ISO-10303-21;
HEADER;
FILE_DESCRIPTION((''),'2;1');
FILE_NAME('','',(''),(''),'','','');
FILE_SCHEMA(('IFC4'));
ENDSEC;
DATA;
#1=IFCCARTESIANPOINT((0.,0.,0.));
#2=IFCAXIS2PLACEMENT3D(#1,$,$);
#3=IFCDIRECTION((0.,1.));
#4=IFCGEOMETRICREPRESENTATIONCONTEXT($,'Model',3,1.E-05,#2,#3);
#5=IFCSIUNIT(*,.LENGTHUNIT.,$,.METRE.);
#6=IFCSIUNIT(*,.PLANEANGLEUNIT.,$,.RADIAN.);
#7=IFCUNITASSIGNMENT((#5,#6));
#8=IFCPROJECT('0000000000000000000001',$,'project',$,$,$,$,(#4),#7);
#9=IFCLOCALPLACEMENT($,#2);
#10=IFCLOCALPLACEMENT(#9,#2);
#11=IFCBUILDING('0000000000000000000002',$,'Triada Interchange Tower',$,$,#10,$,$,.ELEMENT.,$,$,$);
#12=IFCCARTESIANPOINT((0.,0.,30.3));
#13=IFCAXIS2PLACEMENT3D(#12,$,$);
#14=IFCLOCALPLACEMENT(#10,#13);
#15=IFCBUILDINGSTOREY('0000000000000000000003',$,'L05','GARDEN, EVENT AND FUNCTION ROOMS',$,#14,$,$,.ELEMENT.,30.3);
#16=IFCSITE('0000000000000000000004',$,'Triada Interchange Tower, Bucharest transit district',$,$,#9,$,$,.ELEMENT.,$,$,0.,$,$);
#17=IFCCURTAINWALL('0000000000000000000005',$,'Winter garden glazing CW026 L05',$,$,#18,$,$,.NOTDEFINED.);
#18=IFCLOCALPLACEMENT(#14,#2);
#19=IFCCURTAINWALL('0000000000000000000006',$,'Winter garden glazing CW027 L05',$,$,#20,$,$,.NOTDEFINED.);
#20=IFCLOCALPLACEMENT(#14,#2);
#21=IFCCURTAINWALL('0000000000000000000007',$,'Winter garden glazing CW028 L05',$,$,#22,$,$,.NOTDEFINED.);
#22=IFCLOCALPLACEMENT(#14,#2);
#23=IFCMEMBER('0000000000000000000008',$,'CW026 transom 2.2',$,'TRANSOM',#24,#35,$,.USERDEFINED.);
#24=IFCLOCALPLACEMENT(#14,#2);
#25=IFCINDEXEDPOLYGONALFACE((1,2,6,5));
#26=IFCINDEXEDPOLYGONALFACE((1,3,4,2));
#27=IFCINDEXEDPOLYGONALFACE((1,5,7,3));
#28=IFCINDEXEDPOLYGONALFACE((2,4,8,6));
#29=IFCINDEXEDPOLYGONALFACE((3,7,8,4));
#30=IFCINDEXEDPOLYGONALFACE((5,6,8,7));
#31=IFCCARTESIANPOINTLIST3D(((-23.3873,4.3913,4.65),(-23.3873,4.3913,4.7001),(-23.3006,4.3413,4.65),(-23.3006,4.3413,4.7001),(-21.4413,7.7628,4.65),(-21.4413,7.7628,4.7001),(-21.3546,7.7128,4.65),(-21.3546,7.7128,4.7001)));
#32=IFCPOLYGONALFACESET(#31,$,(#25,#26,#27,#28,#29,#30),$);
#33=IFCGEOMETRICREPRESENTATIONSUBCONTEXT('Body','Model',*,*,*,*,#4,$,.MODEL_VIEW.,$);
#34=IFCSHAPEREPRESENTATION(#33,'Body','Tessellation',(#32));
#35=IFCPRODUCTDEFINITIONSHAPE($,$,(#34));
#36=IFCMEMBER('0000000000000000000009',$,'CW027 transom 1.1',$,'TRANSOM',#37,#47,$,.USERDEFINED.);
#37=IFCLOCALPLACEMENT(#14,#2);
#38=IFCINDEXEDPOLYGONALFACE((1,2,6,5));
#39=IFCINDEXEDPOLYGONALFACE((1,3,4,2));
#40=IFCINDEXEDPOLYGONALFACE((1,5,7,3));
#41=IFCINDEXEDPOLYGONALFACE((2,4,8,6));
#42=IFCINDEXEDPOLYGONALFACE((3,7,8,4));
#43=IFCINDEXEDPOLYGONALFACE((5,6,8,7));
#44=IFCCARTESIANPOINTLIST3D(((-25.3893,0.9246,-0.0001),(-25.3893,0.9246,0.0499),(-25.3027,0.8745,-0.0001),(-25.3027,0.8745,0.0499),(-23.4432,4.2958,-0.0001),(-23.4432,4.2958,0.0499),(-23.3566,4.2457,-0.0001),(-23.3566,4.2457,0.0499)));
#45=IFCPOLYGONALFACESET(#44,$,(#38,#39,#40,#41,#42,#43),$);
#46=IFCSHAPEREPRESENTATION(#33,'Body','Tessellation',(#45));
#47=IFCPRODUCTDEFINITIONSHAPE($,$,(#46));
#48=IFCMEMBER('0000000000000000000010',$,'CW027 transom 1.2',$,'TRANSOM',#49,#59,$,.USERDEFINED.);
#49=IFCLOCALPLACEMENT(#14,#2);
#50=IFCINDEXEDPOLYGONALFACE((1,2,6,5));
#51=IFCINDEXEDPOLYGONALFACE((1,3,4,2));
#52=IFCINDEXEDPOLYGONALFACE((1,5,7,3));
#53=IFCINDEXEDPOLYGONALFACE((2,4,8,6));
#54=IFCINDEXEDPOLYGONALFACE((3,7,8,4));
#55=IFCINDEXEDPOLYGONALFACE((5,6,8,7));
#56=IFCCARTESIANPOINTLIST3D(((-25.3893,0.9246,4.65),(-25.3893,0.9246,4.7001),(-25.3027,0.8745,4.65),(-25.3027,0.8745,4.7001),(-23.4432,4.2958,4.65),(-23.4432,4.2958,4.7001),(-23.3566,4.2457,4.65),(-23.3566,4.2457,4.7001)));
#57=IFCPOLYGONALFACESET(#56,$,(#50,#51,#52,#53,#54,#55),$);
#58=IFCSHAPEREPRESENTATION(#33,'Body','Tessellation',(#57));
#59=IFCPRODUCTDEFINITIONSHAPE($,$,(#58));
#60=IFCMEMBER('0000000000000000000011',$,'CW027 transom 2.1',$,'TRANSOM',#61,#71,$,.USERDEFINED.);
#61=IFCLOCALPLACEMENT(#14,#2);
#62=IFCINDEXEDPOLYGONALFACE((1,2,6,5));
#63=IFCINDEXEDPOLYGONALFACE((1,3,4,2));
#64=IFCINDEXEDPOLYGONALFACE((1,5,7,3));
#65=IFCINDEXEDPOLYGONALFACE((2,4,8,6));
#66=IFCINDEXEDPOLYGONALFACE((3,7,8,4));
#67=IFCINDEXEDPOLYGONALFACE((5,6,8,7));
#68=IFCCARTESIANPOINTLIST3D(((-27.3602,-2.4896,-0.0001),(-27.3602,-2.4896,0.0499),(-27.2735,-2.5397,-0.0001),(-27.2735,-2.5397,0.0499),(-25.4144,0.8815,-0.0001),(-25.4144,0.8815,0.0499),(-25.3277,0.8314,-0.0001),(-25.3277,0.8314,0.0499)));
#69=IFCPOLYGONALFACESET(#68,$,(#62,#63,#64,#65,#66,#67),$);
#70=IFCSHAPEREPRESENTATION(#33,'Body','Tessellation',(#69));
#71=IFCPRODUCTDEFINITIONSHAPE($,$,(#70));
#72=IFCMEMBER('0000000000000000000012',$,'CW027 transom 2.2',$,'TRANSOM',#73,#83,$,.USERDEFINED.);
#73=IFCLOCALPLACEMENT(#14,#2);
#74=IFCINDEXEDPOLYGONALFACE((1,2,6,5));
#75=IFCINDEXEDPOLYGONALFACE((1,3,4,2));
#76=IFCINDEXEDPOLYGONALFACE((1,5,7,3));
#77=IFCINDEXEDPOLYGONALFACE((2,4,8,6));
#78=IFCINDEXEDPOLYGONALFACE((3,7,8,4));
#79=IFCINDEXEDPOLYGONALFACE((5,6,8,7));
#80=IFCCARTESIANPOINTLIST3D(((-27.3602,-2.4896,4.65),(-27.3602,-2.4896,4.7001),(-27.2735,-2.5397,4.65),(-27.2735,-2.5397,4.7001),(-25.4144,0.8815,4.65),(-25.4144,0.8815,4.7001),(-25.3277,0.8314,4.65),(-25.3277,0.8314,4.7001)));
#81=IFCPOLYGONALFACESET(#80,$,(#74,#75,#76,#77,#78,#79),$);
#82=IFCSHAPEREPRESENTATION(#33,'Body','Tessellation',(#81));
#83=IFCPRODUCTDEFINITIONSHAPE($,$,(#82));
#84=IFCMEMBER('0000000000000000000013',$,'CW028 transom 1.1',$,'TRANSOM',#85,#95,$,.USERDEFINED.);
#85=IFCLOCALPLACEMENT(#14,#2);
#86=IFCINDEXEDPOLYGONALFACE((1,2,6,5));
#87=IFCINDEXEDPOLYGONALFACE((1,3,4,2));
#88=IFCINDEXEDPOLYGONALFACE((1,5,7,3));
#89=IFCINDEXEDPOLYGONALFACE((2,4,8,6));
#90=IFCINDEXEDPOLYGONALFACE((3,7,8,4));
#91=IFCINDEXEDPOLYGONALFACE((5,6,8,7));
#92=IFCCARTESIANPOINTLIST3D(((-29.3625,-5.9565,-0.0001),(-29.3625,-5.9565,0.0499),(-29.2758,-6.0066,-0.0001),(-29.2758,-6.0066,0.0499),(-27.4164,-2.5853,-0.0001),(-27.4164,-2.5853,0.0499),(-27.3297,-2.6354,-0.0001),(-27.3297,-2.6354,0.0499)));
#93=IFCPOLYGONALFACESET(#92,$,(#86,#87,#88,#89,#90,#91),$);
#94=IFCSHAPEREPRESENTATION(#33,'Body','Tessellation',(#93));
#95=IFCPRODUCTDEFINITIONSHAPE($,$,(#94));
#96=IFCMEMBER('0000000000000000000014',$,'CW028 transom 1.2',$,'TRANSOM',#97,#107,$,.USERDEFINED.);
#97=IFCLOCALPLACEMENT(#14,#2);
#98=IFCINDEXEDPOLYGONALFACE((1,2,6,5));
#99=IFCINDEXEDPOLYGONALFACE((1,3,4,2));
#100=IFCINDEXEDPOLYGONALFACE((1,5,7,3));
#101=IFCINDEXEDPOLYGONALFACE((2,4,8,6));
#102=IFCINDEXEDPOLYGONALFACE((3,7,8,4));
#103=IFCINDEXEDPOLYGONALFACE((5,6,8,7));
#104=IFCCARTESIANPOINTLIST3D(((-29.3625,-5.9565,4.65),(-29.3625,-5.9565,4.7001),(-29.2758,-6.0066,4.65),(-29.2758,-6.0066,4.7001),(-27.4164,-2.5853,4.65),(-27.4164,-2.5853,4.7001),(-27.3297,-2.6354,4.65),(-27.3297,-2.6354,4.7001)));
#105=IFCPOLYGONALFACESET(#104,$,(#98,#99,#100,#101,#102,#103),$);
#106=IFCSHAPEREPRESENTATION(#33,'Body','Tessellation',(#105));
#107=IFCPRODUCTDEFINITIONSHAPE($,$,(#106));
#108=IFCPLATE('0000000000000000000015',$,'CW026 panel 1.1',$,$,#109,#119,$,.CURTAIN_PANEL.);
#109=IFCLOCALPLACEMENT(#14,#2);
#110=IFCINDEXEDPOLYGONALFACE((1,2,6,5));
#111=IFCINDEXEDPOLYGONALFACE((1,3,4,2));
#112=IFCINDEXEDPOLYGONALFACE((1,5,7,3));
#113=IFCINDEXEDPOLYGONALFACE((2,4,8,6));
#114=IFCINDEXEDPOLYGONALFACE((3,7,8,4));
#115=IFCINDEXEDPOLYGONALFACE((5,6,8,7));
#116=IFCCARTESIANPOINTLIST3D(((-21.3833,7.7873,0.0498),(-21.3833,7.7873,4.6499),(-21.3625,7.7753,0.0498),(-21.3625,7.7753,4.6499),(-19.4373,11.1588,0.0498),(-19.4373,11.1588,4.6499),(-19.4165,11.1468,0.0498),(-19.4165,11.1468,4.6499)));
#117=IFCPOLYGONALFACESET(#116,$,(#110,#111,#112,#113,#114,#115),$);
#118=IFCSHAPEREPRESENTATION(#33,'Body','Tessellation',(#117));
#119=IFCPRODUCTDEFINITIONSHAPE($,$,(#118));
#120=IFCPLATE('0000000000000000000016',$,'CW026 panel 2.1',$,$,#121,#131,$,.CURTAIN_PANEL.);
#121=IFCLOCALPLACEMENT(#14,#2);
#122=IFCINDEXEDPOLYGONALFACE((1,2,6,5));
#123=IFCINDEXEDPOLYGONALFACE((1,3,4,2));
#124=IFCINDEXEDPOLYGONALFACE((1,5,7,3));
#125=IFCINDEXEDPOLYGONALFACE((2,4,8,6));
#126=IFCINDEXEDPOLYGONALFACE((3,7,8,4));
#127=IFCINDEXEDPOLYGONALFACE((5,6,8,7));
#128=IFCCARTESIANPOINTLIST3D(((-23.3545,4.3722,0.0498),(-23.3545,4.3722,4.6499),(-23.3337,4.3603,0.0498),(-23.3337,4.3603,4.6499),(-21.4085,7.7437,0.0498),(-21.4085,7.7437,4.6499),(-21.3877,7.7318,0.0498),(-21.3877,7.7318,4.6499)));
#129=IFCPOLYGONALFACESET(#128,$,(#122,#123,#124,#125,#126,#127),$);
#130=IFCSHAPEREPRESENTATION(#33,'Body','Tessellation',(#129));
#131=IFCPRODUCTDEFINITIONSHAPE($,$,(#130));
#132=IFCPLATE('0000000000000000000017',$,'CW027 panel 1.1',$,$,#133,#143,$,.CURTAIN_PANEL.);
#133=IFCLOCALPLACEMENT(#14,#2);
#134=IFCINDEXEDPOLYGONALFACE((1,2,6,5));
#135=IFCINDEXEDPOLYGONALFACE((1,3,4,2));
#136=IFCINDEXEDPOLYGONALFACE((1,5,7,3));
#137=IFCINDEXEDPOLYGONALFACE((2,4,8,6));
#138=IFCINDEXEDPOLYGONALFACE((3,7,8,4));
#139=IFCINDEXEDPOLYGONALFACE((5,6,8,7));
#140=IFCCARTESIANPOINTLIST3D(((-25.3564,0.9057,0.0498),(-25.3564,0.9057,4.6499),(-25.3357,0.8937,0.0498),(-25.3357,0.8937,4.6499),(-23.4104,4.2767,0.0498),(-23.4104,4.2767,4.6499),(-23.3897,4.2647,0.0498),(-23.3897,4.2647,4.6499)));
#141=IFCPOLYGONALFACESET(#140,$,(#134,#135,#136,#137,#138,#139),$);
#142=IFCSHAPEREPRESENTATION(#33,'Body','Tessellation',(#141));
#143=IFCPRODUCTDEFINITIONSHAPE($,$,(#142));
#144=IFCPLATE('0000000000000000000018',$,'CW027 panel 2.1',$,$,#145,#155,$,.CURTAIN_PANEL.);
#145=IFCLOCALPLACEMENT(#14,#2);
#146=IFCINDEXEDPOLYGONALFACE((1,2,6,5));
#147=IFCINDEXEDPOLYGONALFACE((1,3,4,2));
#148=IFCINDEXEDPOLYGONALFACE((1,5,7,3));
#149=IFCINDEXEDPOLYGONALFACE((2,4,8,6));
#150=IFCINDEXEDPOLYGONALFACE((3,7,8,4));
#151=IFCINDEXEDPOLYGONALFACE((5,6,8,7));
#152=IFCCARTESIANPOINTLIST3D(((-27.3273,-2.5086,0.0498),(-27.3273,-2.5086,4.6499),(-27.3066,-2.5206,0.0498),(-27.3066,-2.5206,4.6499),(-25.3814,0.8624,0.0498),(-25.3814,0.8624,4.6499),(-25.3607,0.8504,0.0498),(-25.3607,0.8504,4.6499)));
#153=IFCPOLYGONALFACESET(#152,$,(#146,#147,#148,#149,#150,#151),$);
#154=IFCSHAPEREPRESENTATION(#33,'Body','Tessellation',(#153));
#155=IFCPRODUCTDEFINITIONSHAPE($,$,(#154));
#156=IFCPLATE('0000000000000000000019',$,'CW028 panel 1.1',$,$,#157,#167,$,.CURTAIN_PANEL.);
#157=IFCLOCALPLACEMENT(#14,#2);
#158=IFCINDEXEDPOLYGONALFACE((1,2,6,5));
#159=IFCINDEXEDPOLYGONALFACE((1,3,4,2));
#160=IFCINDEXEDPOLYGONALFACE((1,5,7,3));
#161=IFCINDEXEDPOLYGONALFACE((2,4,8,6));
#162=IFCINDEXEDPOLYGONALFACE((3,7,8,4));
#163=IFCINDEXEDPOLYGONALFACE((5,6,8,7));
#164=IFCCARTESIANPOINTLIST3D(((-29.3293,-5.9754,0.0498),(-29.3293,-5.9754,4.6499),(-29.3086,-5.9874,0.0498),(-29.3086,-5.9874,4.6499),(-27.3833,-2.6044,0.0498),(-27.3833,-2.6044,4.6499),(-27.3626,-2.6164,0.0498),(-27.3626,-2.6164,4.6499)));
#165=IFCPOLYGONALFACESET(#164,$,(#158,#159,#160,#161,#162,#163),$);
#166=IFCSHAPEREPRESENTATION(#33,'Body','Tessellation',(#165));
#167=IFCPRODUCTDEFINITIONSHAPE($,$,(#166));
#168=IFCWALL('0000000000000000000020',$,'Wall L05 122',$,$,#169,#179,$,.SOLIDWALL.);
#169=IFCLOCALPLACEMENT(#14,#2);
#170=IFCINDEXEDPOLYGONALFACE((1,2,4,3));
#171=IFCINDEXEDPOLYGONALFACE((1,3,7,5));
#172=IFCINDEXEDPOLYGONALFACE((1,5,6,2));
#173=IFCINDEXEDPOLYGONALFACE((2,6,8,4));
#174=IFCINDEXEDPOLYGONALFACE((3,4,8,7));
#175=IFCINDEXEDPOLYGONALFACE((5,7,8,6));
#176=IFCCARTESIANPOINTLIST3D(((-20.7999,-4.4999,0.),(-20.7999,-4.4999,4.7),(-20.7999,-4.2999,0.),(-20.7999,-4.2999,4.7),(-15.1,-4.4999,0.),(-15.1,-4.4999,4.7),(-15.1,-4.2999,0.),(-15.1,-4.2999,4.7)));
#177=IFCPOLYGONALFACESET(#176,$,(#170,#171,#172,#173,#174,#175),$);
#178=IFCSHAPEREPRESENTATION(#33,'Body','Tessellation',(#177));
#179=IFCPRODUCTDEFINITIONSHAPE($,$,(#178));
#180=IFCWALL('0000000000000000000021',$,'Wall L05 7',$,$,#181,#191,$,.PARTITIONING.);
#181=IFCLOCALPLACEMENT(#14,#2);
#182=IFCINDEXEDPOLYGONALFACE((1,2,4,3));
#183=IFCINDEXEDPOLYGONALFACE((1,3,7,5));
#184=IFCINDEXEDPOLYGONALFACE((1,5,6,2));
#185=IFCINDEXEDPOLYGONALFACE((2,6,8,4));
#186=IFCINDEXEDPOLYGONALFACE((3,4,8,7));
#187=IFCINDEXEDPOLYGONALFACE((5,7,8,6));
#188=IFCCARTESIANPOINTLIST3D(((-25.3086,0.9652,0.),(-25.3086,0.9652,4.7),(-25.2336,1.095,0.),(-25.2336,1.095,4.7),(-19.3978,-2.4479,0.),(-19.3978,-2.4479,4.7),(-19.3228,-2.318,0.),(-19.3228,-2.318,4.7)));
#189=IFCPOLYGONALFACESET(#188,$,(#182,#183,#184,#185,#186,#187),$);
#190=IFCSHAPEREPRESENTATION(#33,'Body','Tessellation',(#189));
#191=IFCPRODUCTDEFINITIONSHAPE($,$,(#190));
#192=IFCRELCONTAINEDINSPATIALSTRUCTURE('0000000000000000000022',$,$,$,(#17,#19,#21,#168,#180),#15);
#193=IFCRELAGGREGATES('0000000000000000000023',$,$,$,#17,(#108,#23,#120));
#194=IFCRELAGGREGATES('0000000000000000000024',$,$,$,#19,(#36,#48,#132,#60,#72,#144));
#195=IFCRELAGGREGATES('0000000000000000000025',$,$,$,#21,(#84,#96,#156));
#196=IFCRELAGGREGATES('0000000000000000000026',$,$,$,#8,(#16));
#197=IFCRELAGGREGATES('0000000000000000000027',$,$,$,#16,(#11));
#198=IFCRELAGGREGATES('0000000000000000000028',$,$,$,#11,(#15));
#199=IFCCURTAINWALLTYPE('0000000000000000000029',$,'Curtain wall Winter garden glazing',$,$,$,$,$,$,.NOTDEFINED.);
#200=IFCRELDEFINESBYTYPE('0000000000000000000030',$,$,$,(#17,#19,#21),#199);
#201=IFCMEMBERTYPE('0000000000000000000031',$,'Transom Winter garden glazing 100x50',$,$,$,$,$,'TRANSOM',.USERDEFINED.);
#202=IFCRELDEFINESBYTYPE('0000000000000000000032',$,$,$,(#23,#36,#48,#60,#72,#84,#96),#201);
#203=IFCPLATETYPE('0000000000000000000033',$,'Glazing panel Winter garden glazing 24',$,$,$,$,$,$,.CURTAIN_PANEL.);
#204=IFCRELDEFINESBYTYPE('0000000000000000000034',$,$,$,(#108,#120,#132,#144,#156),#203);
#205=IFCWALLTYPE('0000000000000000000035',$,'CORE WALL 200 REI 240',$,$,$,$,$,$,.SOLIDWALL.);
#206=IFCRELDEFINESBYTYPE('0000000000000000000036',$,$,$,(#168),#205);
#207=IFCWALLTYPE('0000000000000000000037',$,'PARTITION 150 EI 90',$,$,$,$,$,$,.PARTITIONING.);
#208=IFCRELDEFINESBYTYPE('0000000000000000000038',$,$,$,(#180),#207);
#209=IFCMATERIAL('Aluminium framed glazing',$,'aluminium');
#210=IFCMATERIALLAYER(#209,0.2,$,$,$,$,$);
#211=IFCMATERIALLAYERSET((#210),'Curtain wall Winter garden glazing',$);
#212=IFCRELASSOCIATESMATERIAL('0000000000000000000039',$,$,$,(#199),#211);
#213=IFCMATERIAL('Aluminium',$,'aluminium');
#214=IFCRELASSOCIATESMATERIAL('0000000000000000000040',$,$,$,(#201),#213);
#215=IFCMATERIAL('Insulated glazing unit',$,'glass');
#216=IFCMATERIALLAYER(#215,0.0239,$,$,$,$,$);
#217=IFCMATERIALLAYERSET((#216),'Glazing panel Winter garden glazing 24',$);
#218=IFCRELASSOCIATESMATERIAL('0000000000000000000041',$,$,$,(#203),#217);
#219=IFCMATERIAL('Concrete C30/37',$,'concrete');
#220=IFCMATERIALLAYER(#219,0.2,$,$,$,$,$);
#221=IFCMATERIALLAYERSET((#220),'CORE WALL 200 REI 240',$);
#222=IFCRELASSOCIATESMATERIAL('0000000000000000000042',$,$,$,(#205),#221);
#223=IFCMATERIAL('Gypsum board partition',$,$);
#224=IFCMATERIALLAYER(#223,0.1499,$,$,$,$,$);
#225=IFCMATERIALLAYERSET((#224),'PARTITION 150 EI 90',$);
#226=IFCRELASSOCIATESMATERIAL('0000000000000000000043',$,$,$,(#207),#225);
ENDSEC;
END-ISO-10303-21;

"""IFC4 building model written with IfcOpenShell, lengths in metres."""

from ifc_helpers import new_model, si_unit, direction, frame, frame_2d, origin, origin_2d, place, context, subcontext, project, spatial, rectangle, extrude, material, layer, layer_set, material_profile, profile_set, type_object, element, aggregate, save


model = new_model("IFC4")

# Units and contexts
model_context = context("Model", 3, precision=1e-05, world=origin(), true_north=direction((0.0, 1.0)))
body_context = subcontext(model_context, "Body", "Model", "MODEL_VIEW")
ifc_project = project(units=[si_unit("LENGTHUNIT", "METRE"), si_unit("PLANEANGLEUNIT", "RADIAN")], contexts=[model_context])

# Site, building, storey
site_placement = place(None, origin())
site = spatial("IfcSite", under=ifc_project, at=site_placement, Name="Triada Interchange Tower, Bucharest transit district", CompositionType="ELEMENT", RefElevation=0.0)
building_placement = place(site_placement, origin())
building = spatial("IfcBuilding", under=site, at=building_placement, Name="Triada Interchange Tower", CompositionType="ELEMENT")
storey_placement = place(building_placement, frame((0.0, 0.0, 30.3)))
storey = spatial("IfcBuildingStorey", under=building, at=storey_placement, Name="L05", Description="GARDEN, EVENT AND FUNCTION ROOMS", CompositionType="ELEMENT", Elevation=30.3)

# Curtain walls
ifc_material_1 = material(Name="Aluminium framed glazing", Category="aluminium")
ifc_layer_1 = layer(ifc_material_1, 0.2)
ifc_layer_set_1 = layer_set([ifc_layer_1], Name="Curtain wall Winter garden glazing")
curtain_wall_type = type_object("IfcCurtainWallType", Name="Curtain wall Winter garden glazing", PredefinedType="NOTDEFINED", material=ifc_layer_set_1)
curtain_wall_1_placement = place(storey_placement, origin())
curtain_wall_1 = element("IfcCurtainWall", 1, at=curtain_wall_1_placement, inside=storey, type_object=curtain_wall_type, Name="Winter garden glazing CW026 L05", PredefinedType="NOTDEFINED")
ifc_material_2 = material(Name="Aluminium", Category="aluminium")
curtain_wall_2_placement = place(storey_placement, origin())
curtain_wall_2 = element("IfcCurtainWall", 2, at=curtain_wall_2_placement, inside=storey, type_object=curtain_wall_type, Name="Winter garden glazing CW027 L05", PredefinedType="NOTDEFINED")

# Curtain wall
curtain_wall_3_placement = place(storey_placement, origin())
curtain_wall_3 = element("IfcCurtainWall", 3, at=curtain_wall_3_placement, inside=storey, type_object=curtain_wall_type, Name="Winter garden glazing CW028 L05", PredefinedType="NOTDEFINED")

# Members
ifc_material_profile_1 = material_profile(ifc_material_2, rectangle(XDim=0.1001, YDim=0.05, at=origin_2d()), Name="Aluminium transom")
ifc_profile_set_1 = profile_set([ifc_material_profile_1], Name="Aluminium")
member_type_1 = type_object("IfcMemberType", Name="Transom Winter garden glazing 100x50", ElementType="TRANSOM", PredefinedType="USERDEFINED", material=ifc_profile_set_1)
member_1_placement = place(storey_placement, frame((-21.3979, 7.7378, 4.675), z_axis=(-0.499896, -0.866085, 0.0), x_axis=(0.866085, -0.499896, 0.0)))
member_1 = element("IfcMember", 4, at=member_1_placement, type_object=member_type_1, Name="CW026 transom 2.2", ObjectType="TRANSOM", PredefinedType="USERDEFINED", context=body_context, shape_type="SweptSolid", body=[
    extrude(rectangle(XDim=0.1001, YDim=0.05, at=origin_2d()), origin(), (0.0, 0.0, 1.0), 3.8928),
])
member_2_placement = place(storey_placement, frame((-23.3999, 4.2708, 0.0249), z_axis=(-0.49995, -0.866054, 0.0), x_axis=(0.866054, -0.49995, 0.0)))
member_2 = element("IfcMember", 5, at=member_2_placement, type_object=member_type_1, Name="CW027 transom 1.1", ObjectType="TRANSOM", PredefinedType="USERDEFINED", context=body_context, shape_type="SweptSolid", body=[
    extrude(rectangle(XDim=0.1001, YDim=0.05, at=origin_2d()), origin(), (0.0, 0.0, 1.0), 3.8926),
])
member_3_placement = place(storey_placement, frame((-23.3999, 4.2708, 4.675), z_axis=(-0.49995, -0.866054, 0.0), x_axis=(0.866054, -0.49995, 0.0)))
member_3 = element("IfcMember", 6, at=member_3_placement, type_object=member_type_1, Name="CW027 transom 1.2", ObjectType="TRANSOM", PredefinedType="USERDEFINED", context=body_context, shape_type="SweptSolid", body=[
    extrude(rectangle(XDim=0.1001, YDim=0.05, at=origin_2d()), origin(), (0.0, 0.0, 1.0), 3.8926),
])
member_4_placement = place(storey_placement, frame((-25.3711, 0.8564, 0.0249), z_axis=(-0.499903, -0.866081, 0.0), x_axis=(0.866081, -0.499903, 0.0)))
member_4 = element("IfcMember", 7, at=member_4_placement, type_object=member_type_1, Name="CW027 transom 2.1", ObjectType="TRANSOM", PredefinedType="USERDEFINED", context=body_context, shape_type="SweptSolid", body=[
    extrude(rectangle(XDim=0.1001, YDim=0.05, at=origin_2d()), origin(), (0.0, 0.0, 1.0), 3.8923),
])
member_5_placement = place(storey_placement, frame((-25.3711, 0.8564, 4.675), z_axis=(-0.499903, -0.866081, 0.0), x_axis=(0.866081, -0.499903, 0.0)))
member_5 = element("IfcMember", 8, at=member_5_placement, type_object=member_type_1, Name="CW027 transom 2.2", ObjectType="TRANSOM", PredefinedType="USERDEFINED", context=body_context, shape_type="SweptSolid", body=[
    extrude(rectangle(XDim=0.1001, YDim=0.05, at=origin_2d()), origin(), (0.0, 0.0, 1.0), 3.8923),
])
member_6_placement = place(storey_placement, frame((-27.373, -2.6104, 0.0249), z_axis=(-0.49995, -0.866054, 0.0), x_axis=(0.866054, -0.49995, 0.0)))
member_6 = element("IfcMember", 9, at=member_6_placement, type_object=member_type_1, Name="CW028 transom 1.1", ObjectType="TRANSOM", PredefinedType="USERDEFINED", context=body_context, shape_type="SweptSolid", body=[
    extrude(rectangle(XDim=0.1001, YDim=0.05, at=origin_2d()), origin(), (0.0, 0.0, 1.0), 3.8926),
])
member_7_placement = place(storey_placement, frame((-27.373, -2.6104, 4.675), z_axis=(-0.49995, -0.866054, 0.0), x_axis=(0.866054, -0.49995, 0.0)))
member_7 = element("IfcMember", 10, at=member_7_placement, type_object=member_type_1, Name="CW028 transom 1.2", ObjectType="TRANSOM", PredefinedType="USERDEFINED", context=body_context, shape_type="SweptSolid", body=[
    extrude(rectangle(XDim=0.1001, YDim=0.05, at=origin_2d()), origin(), (0.0, 0.0, 1.0), 3.8926),
])

# Plates
ifc_material_3 = material(Name="Insulated glazing unit", Category="glass")
ifc_layer_2 = layer(ifc_material_3, 0.0239)
ifc_layer_set_2 = layer_set([ifc_layer_2], Name="Glazing panel Winter garden glazing 24")
plate_type = type_object("IfcPlateType", Name="Glazing panel Winter garden glazing 24", PredefinedType="CURTAIN_PANEL", material=ifc_layer_set_2)
plate_1_placement = place(storey_placement, frame((-20.3999, 9.467, 0.0498), z_axis=(0.0, 0.0, 1.0), x_axis=(-0.499893, -0.866087, 0.0)))
plate_1 = element("IfcPlate", 11, at=plate_1_placement, type_object=plate_type, Name="CW026 panel 1.1", PredefinedType="CURTAIN_PANEL", context=body_context, shape_type="SweptSolid", body=[
    extrude(rectangle(XDim=3.8928, YDim=0.0239, at=origin_2d()), origin(), (0.0, 0.0, 1.0), 4.6001),
])
plate_2_placement = place(storey_placement, frame((-22.3711, 6.052, 0.0498), z_axis=(0.0, 0.0, 1.0), x_axis=(-0.499893, -0.866087, 0.0)))
plate_2 = element("IfcPlate", 12, at=plate_2_placement, type_object=plate_type, Name="CW026 panel 2.1", PredefinedType="CURTAIN_PANEL", context=body_context, shape_type="SweptSolid", body=[
    extrude(rectangle(XDim=3.8928, YDim=0.0239, at=origin_2d()), origin(), (0.0, 0.0, 1.0), 4.6001),
])
aggregate(curtain_wall_1, [plate_1, member_1, plate_2])
plate_3_placement = place(storey_placement, frame((-24.373, 2.5852, 0.0498), z_axis=(0.0, 0.0, 1.0), x_axis=(-0.499948, -0.866055, 0.0)))
plate_3 = element("IfcPlate", 13, at=plate_3_placement, type_object=plate_type, Name="CW027 panel 1.1", PredefinedType="CURTAIN_PANEL", context=body_context, shape_type="SweptSolid", body=[
    extrude(rectangle(XDim=3.8923, YDim=0.0239, at=origin_2d()), origin(), (0.0, 0.0, 1.0), 4.6001),
])
plate_4_placement = place(storey_placement, frame((-26.344, -0.8291, 0.0498), z_axis=(0.0, 0.0, 1.0), x_axis=(-0.499948, -0.866055, 0.0)))
plate_4 = element("IfcPlate", 14, at=plate_4_placement, type_object=plate_type, Name="CW027 panel 2.1", PredefinedType="CURTAIN_PANEL", context=body_context, shape_type="SweptSolid", body=[
    extrude(rectangle(XDim=3.8923, YDim=0.0239, at=origin_2d()), origin(), (0.0, 0.0, 1.0), 4.6001),
])
aggregate(curtain_wall_2, [member_2, member_3, plate_3, member_4, member_5, plate_4])
plate_5_placement = place(storey_placement, frame((-28.3459, -4.2959, 0.0498), z_axis=(0.0, 0.0, 1.0), x_axis=(-0.499948, -0.866055, 0.0)))
plate_5 = element("IfcPlate", 15, at=plate_5_placement, type_object=plate_type, Name="CW028 panel 1.1", PredefinedType="CURTAIN_PANEL", context=body_context, shape_type="SweptSolid", body=[
    extrude(rectangle(XDim=3.8923, YDim=0.0239, at=origin_2d()), origin(), (0.0, 0.0, 1.0), 4.6001),
])
aggregate(curtain_wall_3, [member_6, member_7, plate_5])

# Walls
ifc_material_4 = material(Name="Concrete C30/37", Category="concrete")
ifc_layer_3 = layer(ifc_material_4, 0.2)
ifc_layer_set_3 = layer_set([ifc_layer_3], Name="CORE WALL 200 REI 240")
wall_type_1 = type_object("IfcWallType", Name="CORE WALL 200 REI 240", PredefinedType="SOLIDWALL", material=ifc_layer_set_3)
wall_1_placement = place(storey_placement, frame((-20.8, -4.3999, 0.0), z_axis=(0.0, 0.0, 1.0), x_axis=(1.0, 0.0, 0.0)))
element("IfcWall", 16, at=wall_1_placement, inside=storey, type_object=wall_type_1, Name="Wall L05 122", PredefinedType="SOLIDWALL", context=body_context, shape_type="SweptSolid", body=[
    extrude(rectangle(XDim=5.7, YDim=0.2, at=frame_2d((2.8501, 0.0))), origin(), (0.0, 0.0, 1.0), 4.7),
])
ifc_material_5 = material(Name="Gypsum board partition")
ifc_layer_4 = layer(ifc_material_5, 0.1499)
ifc_layer_set_4 = layer_set([ifc_layer_4], Name="PARTITION 150 EI 90")
wall_type_2 = type_object("IfcWallType", Name="PARTITION 150 EI 90", PredefinedType="PARTITIONING", material=ifc_layer_set_4)
wall_2_placement = place(storey_placement, frame((-25.271, 1.03, 0.0), z_axis=(0.0, 0.0, 1.0), x_axis=(0.865998, -0.500048, 0.0)))
element("IfcWall", 17, at=wall_2_placement, inside=storey, type_object=wall_type_2, Name="Wall L05 7", PredefinedType="PARTITIONING", context=body_context, shape_type="SweptSolid", body=[
    extrude(rectangle(XDim=6.8254, YDim=0.1499, at=frame_2d((3.4126, 0.0))), origin(), (0.0, 0.0, 1.0), 4.7),
])

save(model, "model.ifc")
